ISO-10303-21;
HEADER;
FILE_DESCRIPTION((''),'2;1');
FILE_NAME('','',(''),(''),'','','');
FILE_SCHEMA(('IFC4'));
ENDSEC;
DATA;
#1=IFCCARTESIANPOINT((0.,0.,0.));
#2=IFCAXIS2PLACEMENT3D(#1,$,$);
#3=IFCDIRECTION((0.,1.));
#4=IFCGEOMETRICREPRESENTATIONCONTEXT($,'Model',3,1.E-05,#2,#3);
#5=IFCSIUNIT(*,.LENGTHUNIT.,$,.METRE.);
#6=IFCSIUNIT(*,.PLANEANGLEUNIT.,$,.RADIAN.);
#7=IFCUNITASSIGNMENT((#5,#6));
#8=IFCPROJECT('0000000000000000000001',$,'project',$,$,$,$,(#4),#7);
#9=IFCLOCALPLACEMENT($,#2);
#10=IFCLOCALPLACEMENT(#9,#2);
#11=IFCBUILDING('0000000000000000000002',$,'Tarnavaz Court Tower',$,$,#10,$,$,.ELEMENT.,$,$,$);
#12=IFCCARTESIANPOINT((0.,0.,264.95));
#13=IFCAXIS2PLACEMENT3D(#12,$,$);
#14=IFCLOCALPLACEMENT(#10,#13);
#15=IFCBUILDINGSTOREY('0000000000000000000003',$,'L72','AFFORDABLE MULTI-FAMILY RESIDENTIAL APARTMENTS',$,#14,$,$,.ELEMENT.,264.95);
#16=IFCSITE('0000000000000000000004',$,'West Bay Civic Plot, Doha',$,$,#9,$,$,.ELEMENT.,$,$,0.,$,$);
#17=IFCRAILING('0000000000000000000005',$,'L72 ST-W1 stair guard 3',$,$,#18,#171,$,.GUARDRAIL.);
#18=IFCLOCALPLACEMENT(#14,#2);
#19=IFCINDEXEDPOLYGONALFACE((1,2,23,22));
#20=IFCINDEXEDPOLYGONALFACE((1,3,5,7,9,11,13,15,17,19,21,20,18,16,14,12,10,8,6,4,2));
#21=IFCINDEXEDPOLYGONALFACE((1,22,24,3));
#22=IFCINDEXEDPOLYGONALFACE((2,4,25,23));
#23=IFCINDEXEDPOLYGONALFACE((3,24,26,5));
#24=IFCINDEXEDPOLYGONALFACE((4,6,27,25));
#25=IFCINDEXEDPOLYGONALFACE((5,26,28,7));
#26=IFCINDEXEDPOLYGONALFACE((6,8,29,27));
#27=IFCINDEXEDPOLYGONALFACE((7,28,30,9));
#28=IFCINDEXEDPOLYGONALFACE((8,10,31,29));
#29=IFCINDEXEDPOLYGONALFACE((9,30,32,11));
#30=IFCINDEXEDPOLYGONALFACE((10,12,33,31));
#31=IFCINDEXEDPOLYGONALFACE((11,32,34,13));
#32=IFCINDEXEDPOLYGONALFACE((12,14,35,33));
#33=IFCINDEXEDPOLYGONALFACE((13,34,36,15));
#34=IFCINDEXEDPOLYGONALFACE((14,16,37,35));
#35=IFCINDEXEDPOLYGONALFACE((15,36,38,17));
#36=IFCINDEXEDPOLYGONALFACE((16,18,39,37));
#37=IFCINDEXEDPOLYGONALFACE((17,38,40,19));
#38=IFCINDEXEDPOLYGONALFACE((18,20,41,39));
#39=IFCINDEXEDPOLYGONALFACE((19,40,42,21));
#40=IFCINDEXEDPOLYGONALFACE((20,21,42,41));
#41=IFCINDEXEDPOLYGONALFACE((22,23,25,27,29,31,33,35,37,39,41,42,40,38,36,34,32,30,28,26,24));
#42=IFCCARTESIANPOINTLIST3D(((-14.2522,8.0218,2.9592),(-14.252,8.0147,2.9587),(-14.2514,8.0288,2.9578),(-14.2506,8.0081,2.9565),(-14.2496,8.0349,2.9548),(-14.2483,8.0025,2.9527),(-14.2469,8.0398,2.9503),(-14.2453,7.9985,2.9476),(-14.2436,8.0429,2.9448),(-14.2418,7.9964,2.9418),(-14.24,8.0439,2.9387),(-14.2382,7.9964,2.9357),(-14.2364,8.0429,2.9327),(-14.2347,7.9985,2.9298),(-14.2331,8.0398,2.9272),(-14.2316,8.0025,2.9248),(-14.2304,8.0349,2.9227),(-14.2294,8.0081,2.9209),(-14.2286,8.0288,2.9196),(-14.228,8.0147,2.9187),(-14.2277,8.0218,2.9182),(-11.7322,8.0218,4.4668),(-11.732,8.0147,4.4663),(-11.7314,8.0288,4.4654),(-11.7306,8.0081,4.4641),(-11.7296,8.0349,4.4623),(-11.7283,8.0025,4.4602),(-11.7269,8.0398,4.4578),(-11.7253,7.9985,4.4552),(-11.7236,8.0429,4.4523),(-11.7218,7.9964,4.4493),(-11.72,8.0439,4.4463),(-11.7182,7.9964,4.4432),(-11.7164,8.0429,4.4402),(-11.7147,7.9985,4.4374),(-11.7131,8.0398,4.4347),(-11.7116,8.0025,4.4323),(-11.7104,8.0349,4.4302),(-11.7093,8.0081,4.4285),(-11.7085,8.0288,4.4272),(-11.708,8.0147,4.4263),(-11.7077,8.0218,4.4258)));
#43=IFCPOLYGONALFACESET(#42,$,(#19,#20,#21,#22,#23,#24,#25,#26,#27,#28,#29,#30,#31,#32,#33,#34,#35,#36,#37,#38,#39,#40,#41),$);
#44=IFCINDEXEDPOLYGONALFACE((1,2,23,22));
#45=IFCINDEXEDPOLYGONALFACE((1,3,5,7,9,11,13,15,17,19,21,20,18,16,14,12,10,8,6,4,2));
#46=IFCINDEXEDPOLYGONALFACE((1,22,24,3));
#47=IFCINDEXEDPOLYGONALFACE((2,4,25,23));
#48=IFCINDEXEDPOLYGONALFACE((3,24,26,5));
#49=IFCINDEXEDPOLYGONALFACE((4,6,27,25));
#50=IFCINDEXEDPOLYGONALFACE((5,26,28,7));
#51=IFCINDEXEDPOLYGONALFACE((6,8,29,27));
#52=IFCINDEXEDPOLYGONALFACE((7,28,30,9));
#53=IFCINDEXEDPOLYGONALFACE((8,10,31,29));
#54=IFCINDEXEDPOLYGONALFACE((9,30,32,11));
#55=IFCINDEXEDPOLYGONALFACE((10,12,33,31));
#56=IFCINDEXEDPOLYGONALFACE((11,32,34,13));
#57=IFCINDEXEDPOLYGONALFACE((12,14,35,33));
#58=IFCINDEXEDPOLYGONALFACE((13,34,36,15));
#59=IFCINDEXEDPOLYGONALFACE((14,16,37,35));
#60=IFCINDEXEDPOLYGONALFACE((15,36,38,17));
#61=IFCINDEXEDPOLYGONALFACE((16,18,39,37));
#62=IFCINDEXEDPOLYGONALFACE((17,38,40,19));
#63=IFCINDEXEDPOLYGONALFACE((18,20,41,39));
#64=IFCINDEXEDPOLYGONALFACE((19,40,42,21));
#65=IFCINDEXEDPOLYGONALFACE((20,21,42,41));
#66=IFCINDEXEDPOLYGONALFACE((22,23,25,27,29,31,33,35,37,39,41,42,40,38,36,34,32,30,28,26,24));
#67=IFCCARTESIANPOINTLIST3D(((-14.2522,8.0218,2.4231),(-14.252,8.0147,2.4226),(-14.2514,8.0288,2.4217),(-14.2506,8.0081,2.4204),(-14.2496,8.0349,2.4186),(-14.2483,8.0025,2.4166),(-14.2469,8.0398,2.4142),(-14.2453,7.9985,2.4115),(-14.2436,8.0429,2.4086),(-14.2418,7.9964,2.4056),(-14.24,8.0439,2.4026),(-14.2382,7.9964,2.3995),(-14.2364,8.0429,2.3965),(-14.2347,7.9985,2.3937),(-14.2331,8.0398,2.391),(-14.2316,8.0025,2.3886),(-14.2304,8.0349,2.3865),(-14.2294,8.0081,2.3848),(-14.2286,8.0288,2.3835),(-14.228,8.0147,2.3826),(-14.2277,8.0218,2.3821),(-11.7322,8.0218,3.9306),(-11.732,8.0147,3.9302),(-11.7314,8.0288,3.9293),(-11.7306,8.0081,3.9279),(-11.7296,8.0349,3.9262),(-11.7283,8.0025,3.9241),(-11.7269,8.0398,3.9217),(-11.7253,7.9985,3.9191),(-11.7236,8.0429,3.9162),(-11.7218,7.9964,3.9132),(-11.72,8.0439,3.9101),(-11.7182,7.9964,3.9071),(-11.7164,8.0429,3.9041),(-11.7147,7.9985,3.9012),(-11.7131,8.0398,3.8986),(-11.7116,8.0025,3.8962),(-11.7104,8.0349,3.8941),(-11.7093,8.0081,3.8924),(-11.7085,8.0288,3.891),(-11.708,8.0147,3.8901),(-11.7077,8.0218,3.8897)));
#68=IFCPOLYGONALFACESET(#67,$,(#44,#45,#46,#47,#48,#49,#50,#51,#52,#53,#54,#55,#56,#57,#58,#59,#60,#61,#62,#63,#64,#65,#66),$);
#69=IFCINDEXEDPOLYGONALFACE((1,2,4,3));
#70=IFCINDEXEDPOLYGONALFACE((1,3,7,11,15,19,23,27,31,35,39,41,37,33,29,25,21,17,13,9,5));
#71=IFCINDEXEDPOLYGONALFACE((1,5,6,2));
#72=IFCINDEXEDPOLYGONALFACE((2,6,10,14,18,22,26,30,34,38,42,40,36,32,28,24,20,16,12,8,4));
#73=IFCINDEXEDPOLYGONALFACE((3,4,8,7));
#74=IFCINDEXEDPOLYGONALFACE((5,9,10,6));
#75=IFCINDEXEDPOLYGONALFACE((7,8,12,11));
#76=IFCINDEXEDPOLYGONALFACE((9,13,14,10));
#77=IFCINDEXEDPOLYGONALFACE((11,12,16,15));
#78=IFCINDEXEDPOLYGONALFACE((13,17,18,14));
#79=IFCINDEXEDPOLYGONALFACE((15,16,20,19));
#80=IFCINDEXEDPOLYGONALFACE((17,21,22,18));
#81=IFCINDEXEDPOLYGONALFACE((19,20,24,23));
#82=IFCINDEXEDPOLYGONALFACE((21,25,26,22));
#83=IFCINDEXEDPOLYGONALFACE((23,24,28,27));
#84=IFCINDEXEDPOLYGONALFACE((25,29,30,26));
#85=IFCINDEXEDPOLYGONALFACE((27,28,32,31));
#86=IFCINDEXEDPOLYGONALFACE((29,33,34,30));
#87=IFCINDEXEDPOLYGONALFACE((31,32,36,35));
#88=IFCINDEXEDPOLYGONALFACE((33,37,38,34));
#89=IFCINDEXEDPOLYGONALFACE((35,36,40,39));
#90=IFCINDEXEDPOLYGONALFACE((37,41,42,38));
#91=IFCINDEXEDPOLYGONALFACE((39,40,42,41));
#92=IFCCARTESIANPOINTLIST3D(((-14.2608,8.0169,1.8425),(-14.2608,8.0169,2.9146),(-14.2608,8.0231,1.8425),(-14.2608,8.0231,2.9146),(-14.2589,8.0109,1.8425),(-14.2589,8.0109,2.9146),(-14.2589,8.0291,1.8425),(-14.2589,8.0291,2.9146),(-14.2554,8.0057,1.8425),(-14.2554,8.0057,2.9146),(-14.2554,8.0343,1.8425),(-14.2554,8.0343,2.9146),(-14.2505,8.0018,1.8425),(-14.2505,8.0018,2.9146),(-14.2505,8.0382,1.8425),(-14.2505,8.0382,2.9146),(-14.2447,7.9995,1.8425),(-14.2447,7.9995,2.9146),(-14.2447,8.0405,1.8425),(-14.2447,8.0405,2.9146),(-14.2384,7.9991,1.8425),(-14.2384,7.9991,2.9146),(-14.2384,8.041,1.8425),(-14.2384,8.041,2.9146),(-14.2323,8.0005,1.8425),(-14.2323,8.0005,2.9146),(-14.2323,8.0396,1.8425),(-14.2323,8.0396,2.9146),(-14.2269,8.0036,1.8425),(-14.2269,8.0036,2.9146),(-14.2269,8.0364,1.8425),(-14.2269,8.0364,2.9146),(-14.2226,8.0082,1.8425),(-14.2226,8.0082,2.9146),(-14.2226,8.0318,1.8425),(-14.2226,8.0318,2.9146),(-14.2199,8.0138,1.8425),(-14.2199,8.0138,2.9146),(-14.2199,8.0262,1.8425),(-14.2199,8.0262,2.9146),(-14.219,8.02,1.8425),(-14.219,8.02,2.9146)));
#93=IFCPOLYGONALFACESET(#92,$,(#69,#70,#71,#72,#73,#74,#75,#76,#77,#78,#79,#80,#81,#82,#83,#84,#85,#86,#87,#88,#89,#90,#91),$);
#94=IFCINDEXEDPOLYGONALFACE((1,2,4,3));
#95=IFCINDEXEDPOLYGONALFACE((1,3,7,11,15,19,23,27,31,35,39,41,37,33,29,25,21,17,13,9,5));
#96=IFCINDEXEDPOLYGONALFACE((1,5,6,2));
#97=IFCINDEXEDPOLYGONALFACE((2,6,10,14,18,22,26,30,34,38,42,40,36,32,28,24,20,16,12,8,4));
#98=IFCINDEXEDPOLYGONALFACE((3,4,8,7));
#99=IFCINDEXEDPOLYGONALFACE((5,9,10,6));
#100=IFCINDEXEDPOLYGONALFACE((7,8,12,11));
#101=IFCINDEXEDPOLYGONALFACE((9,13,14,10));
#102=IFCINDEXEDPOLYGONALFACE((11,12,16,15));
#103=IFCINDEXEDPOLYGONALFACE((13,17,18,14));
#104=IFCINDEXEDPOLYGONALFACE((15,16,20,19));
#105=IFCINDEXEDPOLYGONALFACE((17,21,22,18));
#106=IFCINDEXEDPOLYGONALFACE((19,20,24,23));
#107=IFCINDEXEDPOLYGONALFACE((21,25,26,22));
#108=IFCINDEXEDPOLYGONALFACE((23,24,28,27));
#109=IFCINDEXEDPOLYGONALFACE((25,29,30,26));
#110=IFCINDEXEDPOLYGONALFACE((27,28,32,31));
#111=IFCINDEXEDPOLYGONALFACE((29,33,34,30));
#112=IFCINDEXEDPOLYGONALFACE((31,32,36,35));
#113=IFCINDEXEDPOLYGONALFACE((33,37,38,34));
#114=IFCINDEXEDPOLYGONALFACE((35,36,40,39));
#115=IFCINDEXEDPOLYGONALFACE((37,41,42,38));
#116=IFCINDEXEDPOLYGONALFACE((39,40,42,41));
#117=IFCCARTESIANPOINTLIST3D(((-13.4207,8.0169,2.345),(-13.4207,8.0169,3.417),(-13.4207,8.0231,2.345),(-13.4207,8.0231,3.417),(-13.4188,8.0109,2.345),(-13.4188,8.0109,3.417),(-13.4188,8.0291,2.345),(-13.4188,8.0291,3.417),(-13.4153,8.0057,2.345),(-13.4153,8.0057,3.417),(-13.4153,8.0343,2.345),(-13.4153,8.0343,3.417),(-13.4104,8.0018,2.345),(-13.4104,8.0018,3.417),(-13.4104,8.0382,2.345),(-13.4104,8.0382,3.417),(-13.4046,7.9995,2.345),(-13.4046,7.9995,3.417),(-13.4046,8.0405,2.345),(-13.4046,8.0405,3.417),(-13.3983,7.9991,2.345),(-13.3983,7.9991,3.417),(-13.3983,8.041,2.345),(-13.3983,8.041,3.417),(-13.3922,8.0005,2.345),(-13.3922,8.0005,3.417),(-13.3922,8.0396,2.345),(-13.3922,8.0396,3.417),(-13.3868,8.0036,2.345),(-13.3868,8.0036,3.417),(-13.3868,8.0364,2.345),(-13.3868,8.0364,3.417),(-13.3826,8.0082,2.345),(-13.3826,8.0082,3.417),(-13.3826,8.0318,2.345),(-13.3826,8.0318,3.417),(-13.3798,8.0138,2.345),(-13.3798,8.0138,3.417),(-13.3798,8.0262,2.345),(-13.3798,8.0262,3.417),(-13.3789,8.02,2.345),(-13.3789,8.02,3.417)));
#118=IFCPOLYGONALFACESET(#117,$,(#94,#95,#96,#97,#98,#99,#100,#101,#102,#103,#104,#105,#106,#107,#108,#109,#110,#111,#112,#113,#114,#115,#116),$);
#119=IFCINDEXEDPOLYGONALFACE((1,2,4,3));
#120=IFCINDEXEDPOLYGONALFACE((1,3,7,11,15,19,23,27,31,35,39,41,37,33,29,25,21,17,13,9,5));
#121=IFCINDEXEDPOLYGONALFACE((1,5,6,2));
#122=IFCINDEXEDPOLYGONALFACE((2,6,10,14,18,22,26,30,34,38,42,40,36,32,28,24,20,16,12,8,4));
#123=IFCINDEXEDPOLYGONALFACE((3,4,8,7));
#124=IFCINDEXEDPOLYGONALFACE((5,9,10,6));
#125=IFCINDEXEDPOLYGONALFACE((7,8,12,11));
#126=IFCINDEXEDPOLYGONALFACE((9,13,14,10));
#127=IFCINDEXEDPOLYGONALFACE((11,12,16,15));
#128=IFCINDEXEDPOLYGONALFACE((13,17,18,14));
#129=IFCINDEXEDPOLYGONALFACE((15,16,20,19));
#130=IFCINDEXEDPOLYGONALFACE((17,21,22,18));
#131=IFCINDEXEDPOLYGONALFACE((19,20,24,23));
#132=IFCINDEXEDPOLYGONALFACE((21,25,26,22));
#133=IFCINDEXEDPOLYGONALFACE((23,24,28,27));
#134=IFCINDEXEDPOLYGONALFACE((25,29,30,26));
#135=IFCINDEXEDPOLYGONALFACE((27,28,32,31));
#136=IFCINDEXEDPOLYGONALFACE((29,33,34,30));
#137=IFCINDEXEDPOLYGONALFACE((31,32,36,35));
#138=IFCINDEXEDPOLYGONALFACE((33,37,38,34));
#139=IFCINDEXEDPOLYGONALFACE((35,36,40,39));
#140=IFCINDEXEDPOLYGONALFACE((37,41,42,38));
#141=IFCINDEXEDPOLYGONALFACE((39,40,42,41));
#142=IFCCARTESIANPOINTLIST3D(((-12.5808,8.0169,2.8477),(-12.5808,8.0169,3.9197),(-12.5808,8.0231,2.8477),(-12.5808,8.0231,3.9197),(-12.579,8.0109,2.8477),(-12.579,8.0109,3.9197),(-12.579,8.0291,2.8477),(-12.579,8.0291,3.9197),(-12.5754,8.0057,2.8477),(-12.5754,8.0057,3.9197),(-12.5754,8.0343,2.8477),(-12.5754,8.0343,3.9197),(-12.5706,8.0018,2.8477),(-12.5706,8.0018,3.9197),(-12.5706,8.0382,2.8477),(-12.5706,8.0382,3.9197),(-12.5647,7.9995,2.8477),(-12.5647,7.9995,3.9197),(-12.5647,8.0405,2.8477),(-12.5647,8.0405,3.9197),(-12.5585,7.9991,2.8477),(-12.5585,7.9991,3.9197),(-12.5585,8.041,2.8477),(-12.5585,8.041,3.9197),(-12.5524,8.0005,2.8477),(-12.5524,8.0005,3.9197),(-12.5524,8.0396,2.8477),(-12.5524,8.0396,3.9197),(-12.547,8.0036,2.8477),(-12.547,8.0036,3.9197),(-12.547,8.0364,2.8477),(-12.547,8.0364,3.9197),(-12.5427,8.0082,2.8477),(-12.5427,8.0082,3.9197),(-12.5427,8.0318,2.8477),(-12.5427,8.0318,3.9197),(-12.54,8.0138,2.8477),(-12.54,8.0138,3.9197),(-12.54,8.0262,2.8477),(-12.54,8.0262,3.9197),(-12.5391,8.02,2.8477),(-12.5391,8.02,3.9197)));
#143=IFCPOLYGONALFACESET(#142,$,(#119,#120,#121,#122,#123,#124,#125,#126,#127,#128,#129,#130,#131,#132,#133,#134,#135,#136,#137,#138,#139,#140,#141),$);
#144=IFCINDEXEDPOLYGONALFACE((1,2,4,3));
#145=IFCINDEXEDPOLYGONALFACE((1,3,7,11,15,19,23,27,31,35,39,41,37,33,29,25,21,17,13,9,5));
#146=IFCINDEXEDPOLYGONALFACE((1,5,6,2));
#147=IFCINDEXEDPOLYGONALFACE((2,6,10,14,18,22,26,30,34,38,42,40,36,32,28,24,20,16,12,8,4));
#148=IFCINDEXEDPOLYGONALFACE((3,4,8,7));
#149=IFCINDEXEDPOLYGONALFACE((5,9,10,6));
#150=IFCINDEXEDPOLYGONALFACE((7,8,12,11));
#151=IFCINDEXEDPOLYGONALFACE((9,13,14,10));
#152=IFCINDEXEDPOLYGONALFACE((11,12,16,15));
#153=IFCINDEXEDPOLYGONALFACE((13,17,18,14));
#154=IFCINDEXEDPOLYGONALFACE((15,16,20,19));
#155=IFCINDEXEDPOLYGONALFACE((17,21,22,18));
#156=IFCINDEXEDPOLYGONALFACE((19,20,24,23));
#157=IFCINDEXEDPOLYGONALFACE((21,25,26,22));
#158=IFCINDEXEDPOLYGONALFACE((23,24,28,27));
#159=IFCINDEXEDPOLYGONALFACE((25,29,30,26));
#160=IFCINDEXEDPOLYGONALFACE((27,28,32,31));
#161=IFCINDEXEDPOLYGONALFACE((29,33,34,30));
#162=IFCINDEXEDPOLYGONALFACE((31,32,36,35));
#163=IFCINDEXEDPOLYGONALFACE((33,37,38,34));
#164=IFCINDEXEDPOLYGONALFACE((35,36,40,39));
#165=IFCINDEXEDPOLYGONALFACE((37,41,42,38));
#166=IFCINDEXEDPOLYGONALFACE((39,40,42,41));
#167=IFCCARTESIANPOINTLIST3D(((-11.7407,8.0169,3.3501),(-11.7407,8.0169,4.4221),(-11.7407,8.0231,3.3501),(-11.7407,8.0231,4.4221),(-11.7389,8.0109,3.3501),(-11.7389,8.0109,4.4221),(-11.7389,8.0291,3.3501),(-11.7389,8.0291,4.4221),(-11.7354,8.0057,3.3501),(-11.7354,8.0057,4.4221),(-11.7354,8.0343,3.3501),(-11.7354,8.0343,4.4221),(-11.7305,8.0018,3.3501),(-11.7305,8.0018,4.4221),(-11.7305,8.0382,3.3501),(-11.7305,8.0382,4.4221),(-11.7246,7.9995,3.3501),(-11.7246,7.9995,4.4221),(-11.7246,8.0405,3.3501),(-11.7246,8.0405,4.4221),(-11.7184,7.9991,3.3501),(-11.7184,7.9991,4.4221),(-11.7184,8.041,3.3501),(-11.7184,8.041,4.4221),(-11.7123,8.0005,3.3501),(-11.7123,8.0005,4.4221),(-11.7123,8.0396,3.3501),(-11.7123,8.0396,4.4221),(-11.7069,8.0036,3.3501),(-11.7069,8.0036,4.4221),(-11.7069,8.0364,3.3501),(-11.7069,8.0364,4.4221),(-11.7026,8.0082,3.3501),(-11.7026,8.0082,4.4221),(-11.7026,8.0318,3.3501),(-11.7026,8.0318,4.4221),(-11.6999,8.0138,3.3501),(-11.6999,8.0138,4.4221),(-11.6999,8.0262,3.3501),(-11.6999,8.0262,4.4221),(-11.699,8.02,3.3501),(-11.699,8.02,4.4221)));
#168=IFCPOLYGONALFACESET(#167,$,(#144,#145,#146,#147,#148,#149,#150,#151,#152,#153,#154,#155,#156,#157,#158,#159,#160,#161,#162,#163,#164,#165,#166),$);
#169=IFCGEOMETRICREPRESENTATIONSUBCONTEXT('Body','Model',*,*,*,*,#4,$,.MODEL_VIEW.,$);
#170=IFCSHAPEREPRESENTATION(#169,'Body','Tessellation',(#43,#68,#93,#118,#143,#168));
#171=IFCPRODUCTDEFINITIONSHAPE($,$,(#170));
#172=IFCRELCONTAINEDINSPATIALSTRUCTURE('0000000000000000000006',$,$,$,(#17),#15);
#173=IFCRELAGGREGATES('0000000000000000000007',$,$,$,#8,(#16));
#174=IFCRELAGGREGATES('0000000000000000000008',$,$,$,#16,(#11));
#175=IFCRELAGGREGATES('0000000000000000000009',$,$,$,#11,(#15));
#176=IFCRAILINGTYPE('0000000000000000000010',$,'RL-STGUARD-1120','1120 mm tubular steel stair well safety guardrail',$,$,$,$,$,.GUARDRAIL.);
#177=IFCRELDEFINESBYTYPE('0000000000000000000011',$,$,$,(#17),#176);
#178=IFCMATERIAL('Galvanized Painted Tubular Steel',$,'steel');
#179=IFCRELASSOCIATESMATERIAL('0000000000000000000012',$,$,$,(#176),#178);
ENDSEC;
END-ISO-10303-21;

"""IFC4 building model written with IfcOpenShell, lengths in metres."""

from ifc_helpers import new_model, si_unit, direction, frame, origin, origin_2d, place, context, subcontext, project, spatial, circle, extrude, material, type_object, element, save


model = new_model("IFC4")

# Units and contexts
model_context = context("Model", 3, precision=1e-05, world=origin(), true_north=direction((0.0, 1.0)))
body_context = subcontext(model_context, "Body", "Model", "MODEL_VIEW")
ifc_project = project(units=[si_unit("LENGTHUNIT", "METRE"), si_unit("PLANEANGLEUNIT", "RADIAN")], contexts=[model_context])

# Site, building, storey
site_placement = place(None, origin())
site = spatial("IfcSite", under=ifc_project, at=site_placement, Name="West Bay Civic Plot, Doha", CompositionType="ELEMENT", RefElevation=0.0)
building_placement = place(site_placement, origin())
building = spatial("IfcBuilding", under=site, at=building_placement, Name="Tarnavaz Court Tower", CompositionType="ELEMENT")
storey_placement = place(building_placement, frame((0.0, 0.0, 264.95)))
storey = spatial("IfcBuildingStorey", under=building, at=storey_placement, Name="L72", Description="AFFORDABLE MULTI-FAMILY RESIDENTIAL APARTMENTS", CompositionType="ELEMENT", Elevation=264.95)

# Railing
ifc_material_1 = material(Name="Galvanized Painted Tubular Steel", Category="steel")
railing_type_1 = type_object("IfcRailingType", Name="RL-STGUARD-1120", Description="1120 mm tubular steel stair well safety guardrail", PredefinedType="GUARDRAIL", material=ifc_material_1)
railing_1_placement = place(storey_placement, frame((-14.24, 8.02, 1.8425)))
element("IfcRailing", 1, at=railing_1_placement, inside=storey, type_object=railing_type_1, Name="L72 ST-W1 stair guard 3", PredefinedType="GUARDRAIL", context=body_context, shape_type="SweptSolid", body=[
    extrude(circle(Radius=0.0239, at=origin_2d()), frame((0.0, 0.0, 1.0962), z_axis=(0.85816, 0.0, 0.513383), x_axis=(0.0, 1.0, 0.0)), (0.0, 0.0, 1.0), 2.9365),
    extrude(circle(Radius=0.0239, at=origin_2d()), frame((0.0, 0.0, 0.5601), z_axis=(0.85816, 0.0, 0.513383), x_axis=(0.0, 1.0, 0.0)), (0.0, 0.0, 1.0), 2.9365),
    extrude(circle(Radius=0.021, at=origin_2d()), origin(), (0.0, 0.0, 1.0), 1.072),
    extrude(circle(Radius=0.021, at=origin_2d()), frame((0.8401, 0.0, 0.5024)), (0.0, 0.0, 1.0), 1.072),
    extrude(circle(Radius=0.021, at=origin_2d()), frame((1.6799, 0.0, 1.0051)), (0.0, 0.0, 1.0), 1.072),
    extrude(circle(Radius=0.021, at=origin_2d()), frame((2.52, 0.0, 1.5076)), (0.0, 0.0, 1.0), 1.072),
])

save(model, "model.ifc")
